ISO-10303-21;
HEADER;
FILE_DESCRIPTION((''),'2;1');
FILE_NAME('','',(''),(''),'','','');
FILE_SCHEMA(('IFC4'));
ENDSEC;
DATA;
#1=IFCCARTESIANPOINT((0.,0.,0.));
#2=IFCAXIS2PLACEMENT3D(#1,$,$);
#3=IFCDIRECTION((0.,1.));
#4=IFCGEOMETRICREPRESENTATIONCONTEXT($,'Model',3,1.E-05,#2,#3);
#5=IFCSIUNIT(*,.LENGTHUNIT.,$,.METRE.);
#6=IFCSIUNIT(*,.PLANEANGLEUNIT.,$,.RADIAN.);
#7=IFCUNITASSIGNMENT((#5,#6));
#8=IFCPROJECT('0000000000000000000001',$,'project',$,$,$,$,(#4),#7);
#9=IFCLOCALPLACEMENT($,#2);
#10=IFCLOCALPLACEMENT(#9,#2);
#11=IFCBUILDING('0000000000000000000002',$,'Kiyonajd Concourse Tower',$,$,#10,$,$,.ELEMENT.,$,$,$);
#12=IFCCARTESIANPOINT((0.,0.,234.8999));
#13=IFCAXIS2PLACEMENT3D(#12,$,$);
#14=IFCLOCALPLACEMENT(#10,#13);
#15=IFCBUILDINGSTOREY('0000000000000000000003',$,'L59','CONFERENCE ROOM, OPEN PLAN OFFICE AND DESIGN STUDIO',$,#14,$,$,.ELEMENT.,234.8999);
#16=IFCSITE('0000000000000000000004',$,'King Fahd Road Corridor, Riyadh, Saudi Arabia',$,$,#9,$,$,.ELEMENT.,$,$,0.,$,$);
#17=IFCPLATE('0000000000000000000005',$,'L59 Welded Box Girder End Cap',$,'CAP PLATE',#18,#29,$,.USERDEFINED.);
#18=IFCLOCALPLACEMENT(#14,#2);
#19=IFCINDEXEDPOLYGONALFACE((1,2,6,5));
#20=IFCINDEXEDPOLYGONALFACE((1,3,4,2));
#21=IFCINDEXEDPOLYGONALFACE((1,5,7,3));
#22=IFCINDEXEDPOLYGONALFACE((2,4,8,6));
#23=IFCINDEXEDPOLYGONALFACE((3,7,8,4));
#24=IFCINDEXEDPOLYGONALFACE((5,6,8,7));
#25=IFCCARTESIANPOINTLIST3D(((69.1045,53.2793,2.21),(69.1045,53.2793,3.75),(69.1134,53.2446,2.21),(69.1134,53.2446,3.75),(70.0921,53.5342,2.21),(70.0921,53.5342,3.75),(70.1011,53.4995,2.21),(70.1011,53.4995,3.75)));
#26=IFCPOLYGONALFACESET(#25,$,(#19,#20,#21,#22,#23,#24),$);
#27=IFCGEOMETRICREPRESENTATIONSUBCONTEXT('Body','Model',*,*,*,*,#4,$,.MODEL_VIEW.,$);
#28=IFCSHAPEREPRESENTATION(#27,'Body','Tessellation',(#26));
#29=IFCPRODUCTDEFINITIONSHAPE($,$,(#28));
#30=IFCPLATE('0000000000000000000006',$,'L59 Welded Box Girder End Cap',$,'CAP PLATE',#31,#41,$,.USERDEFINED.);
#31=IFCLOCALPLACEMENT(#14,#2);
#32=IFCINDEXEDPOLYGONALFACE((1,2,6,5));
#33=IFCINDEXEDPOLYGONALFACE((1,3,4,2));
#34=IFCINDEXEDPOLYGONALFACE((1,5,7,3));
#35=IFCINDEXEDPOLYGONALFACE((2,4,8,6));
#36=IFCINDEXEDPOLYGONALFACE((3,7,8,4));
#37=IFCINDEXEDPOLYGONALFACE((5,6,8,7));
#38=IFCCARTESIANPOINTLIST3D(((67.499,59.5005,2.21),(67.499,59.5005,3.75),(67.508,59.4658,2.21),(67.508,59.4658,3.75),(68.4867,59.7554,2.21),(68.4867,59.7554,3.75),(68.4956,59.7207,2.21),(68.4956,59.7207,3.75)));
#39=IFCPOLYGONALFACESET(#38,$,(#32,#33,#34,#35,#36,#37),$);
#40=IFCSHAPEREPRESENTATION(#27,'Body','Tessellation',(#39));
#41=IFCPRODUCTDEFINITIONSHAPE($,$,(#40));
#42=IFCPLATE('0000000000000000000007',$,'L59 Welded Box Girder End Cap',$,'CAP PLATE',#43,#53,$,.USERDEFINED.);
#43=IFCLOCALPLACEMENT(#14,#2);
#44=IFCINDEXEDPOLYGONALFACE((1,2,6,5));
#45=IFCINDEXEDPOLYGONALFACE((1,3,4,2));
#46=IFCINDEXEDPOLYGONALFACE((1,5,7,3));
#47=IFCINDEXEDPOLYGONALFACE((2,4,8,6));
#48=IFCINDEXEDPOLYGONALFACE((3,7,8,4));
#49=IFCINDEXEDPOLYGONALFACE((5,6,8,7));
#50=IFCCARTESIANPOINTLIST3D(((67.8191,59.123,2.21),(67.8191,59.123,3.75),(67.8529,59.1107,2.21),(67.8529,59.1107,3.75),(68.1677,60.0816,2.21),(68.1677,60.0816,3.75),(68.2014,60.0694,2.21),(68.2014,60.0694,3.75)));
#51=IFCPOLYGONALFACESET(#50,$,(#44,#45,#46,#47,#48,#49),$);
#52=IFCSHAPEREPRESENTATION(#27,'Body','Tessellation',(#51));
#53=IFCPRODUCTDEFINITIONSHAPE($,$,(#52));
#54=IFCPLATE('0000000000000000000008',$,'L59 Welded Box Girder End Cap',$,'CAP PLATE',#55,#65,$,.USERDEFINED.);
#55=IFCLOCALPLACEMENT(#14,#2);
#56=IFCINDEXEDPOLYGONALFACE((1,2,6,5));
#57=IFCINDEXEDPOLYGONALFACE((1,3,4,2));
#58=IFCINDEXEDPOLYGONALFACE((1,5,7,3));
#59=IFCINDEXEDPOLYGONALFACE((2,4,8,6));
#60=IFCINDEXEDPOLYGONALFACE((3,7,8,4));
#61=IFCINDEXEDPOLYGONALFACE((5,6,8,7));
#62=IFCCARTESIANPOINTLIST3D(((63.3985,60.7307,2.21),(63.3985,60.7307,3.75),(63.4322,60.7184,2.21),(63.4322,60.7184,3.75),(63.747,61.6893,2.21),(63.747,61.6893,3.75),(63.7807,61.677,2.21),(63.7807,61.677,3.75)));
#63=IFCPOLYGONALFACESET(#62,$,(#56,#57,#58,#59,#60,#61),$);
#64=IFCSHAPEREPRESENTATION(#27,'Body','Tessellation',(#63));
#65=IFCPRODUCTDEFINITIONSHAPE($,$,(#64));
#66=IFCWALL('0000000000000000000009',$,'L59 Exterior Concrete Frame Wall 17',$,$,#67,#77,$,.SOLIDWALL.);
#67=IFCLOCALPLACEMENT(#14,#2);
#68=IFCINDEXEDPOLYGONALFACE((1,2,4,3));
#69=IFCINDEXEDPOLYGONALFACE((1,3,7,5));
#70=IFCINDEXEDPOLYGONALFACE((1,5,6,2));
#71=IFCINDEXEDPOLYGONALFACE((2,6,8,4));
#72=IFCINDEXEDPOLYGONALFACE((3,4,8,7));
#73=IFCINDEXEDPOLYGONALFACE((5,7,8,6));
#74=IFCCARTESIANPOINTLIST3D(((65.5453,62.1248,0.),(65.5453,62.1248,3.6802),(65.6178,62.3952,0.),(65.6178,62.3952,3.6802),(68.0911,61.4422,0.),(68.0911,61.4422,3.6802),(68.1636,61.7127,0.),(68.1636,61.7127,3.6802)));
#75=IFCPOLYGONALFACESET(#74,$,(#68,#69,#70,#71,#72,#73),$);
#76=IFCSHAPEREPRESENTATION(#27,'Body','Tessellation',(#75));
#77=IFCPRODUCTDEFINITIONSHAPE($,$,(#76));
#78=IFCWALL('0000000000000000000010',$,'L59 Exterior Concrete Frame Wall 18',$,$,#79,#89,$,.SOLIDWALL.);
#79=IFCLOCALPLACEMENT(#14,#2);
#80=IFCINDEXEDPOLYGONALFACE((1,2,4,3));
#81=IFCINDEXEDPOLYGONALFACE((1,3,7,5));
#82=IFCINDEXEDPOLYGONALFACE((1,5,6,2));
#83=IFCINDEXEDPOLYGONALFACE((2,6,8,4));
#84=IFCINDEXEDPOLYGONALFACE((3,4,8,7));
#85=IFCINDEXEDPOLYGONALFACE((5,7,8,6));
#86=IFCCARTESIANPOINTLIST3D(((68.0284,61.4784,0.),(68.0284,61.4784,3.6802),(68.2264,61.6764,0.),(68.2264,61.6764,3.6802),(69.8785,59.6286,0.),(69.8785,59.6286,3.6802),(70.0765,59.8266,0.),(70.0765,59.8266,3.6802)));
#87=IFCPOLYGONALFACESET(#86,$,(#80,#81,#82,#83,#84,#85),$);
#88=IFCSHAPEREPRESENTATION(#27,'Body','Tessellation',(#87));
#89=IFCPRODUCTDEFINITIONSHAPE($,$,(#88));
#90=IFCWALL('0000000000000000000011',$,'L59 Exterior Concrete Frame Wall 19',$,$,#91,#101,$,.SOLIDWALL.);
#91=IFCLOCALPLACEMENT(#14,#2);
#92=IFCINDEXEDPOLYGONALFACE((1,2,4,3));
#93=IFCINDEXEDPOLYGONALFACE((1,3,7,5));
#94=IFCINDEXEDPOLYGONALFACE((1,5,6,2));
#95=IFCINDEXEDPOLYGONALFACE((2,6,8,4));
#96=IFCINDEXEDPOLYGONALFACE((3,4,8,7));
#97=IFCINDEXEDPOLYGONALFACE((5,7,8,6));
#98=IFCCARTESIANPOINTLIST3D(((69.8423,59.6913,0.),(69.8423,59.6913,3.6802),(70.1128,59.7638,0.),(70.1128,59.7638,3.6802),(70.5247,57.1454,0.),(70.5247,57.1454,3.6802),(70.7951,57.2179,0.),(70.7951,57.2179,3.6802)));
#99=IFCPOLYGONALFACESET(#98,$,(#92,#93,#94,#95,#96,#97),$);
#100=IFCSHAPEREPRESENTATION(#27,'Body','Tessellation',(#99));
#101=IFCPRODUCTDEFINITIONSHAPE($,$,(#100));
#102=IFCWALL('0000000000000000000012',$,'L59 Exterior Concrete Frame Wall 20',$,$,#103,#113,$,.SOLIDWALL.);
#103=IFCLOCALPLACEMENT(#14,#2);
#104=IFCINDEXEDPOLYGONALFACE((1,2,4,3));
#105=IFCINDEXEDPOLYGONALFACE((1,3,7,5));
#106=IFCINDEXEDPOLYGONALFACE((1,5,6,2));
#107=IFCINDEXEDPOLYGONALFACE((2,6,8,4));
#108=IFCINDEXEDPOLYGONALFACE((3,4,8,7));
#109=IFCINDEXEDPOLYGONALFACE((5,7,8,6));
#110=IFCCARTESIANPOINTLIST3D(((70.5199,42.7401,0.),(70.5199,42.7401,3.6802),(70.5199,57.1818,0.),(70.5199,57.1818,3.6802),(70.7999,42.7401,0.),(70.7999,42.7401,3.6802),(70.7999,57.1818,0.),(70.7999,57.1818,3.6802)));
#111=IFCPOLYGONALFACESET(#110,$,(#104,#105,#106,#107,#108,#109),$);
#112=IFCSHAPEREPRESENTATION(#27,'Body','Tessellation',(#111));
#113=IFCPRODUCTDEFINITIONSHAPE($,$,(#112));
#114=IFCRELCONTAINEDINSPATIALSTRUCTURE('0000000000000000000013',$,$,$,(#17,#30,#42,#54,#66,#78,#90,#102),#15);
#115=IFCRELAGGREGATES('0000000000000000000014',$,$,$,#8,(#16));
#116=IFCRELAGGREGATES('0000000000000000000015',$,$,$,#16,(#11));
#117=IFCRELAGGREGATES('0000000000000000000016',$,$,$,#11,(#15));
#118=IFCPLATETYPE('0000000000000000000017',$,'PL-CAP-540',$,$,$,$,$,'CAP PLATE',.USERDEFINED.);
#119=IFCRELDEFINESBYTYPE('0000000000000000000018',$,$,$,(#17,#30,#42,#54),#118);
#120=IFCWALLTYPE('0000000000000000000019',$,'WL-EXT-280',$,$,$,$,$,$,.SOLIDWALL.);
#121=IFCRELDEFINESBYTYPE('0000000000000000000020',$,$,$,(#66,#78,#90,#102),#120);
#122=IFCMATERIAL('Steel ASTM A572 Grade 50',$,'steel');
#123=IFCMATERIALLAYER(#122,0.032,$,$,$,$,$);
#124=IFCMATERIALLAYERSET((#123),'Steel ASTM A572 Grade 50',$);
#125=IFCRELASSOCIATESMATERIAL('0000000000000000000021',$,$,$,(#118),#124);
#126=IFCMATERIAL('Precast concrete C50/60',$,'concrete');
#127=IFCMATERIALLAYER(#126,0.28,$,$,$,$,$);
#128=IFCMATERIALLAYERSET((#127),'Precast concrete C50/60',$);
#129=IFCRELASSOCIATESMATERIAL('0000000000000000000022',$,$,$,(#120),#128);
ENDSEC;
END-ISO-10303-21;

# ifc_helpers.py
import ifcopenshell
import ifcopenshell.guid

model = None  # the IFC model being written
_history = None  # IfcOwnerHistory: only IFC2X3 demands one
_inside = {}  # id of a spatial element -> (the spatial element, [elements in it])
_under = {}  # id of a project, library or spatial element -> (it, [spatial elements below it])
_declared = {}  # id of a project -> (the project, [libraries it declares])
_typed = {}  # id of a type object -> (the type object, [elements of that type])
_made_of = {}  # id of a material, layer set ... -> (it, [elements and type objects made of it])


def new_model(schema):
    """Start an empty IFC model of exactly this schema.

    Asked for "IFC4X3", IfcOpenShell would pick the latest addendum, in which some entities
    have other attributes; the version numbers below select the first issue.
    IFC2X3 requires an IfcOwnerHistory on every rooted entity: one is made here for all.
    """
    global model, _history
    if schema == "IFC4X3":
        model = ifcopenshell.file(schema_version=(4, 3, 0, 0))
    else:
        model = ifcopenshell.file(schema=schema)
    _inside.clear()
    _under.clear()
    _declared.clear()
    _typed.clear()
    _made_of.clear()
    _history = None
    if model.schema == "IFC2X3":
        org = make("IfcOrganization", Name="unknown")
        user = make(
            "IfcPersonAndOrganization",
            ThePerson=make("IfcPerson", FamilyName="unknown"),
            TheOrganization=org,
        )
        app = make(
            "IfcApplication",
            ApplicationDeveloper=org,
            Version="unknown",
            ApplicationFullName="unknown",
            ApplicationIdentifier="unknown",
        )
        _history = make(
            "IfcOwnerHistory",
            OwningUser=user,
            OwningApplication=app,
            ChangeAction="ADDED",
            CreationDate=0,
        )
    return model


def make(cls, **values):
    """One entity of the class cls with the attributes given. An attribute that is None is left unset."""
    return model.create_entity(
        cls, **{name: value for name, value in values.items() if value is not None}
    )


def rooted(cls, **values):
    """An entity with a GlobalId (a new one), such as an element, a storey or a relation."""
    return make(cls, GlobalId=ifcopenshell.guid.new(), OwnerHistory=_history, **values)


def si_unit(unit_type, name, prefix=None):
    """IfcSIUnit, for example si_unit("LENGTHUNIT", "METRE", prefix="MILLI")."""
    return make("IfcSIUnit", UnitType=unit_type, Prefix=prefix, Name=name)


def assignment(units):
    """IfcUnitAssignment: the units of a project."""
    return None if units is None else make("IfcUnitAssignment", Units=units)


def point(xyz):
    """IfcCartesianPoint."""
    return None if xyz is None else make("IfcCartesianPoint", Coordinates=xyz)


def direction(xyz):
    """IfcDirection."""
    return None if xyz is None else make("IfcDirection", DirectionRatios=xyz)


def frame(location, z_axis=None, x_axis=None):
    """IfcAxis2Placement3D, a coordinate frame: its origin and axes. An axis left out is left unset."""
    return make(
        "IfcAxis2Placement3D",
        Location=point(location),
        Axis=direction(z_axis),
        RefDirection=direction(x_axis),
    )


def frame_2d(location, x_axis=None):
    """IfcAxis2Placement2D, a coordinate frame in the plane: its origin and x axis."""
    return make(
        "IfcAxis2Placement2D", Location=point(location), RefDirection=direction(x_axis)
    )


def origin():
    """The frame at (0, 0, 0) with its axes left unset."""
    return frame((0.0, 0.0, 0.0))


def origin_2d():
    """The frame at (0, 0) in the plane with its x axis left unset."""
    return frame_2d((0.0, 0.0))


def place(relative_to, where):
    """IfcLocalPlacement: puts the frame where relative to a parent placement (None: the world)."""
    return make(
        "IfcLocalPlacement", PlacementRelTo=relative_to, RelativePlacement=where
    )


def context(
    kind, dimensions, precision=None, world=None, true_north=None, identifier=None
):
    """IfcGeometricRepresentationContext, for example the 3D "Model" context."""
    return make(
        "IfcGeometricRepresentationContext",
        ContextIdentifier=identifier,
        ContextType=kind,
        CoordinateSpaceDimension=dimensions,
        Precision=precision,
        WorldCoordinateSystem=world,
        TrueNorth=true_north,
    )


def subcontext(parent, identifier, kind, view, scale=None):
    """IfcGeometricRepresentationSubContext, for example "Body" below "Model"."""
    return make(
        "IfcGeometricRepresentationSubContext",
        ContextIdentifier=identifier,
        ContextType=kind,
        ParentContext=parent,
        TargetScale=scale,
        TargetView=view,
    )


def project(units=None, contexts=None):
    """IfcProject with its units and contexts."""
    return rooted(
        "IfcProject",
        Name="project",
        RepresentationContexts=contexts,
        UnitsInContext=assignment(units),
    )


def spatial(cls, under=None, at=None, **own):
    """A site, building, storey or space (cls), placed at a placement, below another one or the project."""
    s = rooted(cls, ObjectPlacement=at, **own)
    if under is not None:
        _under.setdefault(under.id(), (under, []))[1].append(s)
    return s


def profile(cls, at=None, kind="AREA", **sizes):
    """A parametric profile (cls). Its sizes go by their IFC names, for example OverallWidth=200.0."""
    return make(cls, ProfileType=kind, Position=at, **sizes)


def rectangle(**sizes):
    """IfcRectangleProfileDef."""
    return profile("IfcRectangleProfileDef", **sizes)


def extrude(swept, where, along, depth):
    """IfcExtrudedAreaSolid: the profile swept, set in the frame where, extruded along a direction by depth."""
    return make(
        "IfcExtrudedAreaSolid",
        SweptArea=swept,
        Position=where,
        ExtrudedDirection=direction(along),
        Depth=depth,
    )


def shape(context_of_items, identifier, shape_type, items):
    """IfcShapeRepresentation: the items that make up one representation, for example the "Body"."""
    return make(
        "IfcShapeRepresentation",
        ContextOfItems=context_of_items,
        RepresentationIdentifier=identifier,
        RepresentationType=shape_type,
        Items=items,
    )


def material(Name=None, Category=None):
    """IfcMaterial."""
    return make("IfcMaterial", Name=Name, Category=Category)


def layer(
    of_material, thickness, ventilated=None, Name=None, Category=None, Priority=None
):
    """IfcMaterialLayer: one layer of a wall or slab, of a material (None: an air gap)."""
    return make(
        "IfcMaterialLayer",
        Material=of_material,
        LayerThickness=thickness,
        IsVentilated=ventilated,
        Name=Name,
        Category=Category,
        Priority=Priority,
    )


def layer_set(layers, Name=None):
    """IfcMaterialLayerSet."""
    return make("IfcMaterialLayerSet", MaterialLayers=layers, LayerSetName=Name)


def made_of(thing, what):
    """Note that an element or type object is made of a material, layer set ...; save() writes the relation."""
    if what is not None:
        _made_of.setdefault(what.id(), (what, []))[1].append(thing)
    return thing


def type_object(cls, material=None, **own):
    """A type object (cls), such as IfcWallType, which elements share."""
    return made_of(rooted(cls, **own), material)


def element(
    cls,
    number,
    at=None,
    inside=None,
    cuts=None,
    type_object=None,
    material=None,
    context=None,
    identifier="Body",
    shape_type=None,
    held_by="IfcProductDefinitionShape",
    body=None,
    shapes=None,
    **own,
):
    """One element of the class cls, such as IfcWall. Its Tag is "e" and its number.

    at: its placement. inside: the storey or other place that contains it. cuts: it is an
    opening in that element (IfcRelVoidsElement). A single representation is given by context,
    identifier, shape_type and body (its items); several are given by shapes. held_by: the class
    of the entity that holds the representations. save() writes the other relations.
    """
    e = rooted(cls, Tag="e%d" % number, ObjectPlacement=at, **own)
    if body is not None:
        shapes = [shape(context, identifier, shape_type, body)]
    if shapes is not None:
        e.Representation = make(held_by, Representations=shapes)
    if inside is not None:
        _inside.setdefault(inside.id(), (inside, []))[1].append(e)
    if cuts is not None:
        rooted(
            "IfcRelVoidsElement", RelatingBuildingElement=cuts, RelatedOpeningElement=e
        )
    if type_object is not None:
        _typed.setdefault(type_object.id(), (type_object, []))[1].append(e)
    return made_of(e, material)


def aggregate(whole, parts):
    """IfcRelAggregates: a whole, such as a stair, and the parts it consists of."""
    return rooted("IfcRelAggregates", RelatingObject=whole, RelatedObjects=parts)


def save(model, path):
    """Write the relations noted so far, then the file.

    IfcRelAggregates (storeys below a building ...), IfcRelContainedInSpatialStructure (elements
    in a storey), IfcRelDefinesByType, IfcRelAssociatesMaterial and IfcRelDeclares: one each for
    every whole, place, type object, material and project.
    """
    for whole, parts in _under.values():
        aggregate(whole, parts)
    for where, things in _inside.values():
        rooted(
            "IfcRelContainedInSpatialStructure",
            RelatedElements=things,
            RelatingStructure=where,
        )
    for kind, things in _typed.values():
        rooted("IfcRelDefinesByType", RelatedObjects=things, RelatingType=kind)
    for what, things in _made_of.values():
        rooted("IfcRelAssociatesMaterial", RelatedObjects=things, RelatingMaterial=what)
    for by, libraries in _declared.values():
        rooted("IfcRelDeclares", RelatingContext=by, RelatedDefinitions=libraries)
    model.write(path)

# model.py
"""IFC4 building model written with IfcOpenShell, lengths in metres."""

from ifc_helpers import new_model, si_unit, direction, frame, frame_2d, origin, origin_2d, place, context, subcontext, project, spatial, rectangle, extrude, material, layer, layer_set, type_object, element, save


model = new_model("IFC4")

# Units and contexts
model_context = context("Model", 3, precision=1e-05, world=origin(), true_north=direction((0.0, 1.0)))
body_context = subcontext(model_context, "Body", "Model", "MODEL_VIEW")
ifc_project = project(units=[si_unit("LENGTHUNIT", "METRE"), si_unit("PLANEANGLEUNIT", "RADIAN")], contexts=[model_context])

# Site, building, storey
site_placement = place(None, origin())
site = spatial("IfcSite", under=ifc_project, at=site_placement, Name="King Fahd Road Corridor, Riyadh, Saudi Arabia", CompositionType="ELEMENT", RefElevation=0.0)
building_placement = place(site_placement, origin())
building = spatial("IfcBuilding", under=site, at=building_placement, Name="Kiyonajd Concourse Tower", CompositionType="ELEMENT")
storey_placement = place(building_placement, frame((0.0, 0.0, 234.8999)))
storey = spatial("IfcBuildingStorey", under=building, at=storey_placement, Name="L59", Description="CONFERENCE ROOM, OPEN PLAN OFFICE AND DESIGN STUDIO", CompositionType="ELEMENT", Elevation=234.8999)

# Shared definitions
ifc_material_1 = material(Name="Steel ASTM A572 Grade 50", Category="steel")

# Plates
ifc_layer_1 = layer(ifc_material_1, 0.032)
ifc_layer_set_1 = layer_set([ifc_layer_1], Name="Steel ASTM A572 Grade 50")
plate_type_1 = type_object("IfcPlateType", Name="PL-CAP-540", ElementType="CAP PLATE", PredefinedType="USERDEFINED", material=ifc_layer_set_1)
for number, where, z_axis, x_axis, name in (
    (1, (69.6028, 53.3894, 2.21), (0.0, 0.0, 1.0), (0.249873, -0.968279, 0.0), "L59 Welded Box Girder End Cap"),
    (2, (67.9973, 59.6106, 2.21), (0.0, 0.0, 1.0), (-0.249873, 0.968279, 0.0), "L59 Welded Box Girder End Cap"),
    (3, (68.0103, 59.5962, 2.21), (0.0, 0.0, 1.0), (0.939812, -0.341692, 0.0), "L59 Welded Box Girder End Cap"),
    (4, (63.5896, 61.2039, 2.21), (0.0, 0.0, 1.0), (-0.939812, 0.341692, 0.0), "L59 Welded Box Girder End Cap"),
):
    element("IfcPlate", number, at=place(storey_placement, frame(where, z_axis=z_axis, x_axis=x_axis)), inside=storey, type_object=plate_type_1, Name=name, ObjectType="CAP PLATE", PredefinedType="USERDEFINED", context=body_context, shape_type="SweptSolid", body=[
        extrude(rectangle(XDim=0.0359, YDim=1.02, at=origin_2d()), origin(), (0.0, 0.0, 1.0), 1.54),
    ])

# Walls
ifc_material_2 = material(Name="Precast concrete C50/60", Category="concrete")
ifc_layer_2 = layer(ifc_material_2, 0.28)
ifc_layer_set_2 = layer_set([ifc_layer_2], Name="Precast concrete C50/60")
wall_type = type_object("IfcWallType", Name="WL-EXT-280", PredefinedType="SOLIDWALL", material=ifc_layer_set_2)
wall_1_placement = place(storey_placement, frame((65.5815, 62.26, 0.0), z_axis=(0.0, 0.0, 1.0), x_axis=(0.965884, -0.258977, 0.0)))
element("IfcWall", 5, at=wall_1_placement, inside=storey, type_object=wall_type, Name="L59 Exterior Concrete Frame Wall 17", PredefinedType="SOLIDWALL", context=body_context, shape_type="SweptSolid", body=[
    extrude(rectangle(XDim=2.6357, YDim=0.28, at=frame_2d((1.3179, 0.0))), origin(), (0.0, 0.0, 1.0), 3.6802),
])
wall_2_placement = place(storey_placement, frame((68.1274, 61.5774, 0.0), z_axis=(0.0, 0.0, 1.0), x_axis=(0.707153, -0.70706, 0.0)))
element("IfcWall", 6, at=wall_2_placement, inside=storey, type_object=wall_type, Name="L59 Exterior Concrete Frame Wall 18", PredefinedType="SOLIDWALL", context=body_context, shape_type="SweptSolid", body=[
    extrude(rectangle(XDim=2.6162, YDim=0.28, at=frame_2d((1.3081, 0.0))), origin(), (0.0, 0.0, 1.0), 3.6802),
])
wall_3_placement = place(storey_placement, frame((69.9775, 59.7275, 0.0), z_axis=(0.0, 0.0, 1.0), x_axis=(0.25889, -0.965907, 0.0)))
element("IfcWall", 7, at=wall_3_placement, inside=storey, type_object=wall_type, Name="L59 Exterior Concrete Frame Wall 19", PredefinedType="SOLIDWALL", context=body_context, shape_type="SweptSolid", body=[
    extrude(rectangle(XDim=2.6357, YDim=0.28, at=frame_2d((1.3179, 0.0))), origin(), (0.0, 0.0, 1.0), 3.6802),
])
wall_4_placement = place(storey_placement, frame((70.6599, 57.1816, 0.0), z_axis=(0.0, 0.0, 1.0), x_axis=(0.0, -1.0, 0.0)))
element("IfcWall", 8, at=wall_4_placement, inside=storey, type_object=wall_type, Name="L59 Exterior Concrete Frame Wall 20", PredefinedType="SOLIDWALL", context=body_context, shape_type="SweptSolid", body=[
    extrude(rectangle(XDim=14.4417, YDim=0.28, at=frame_2d((7.2207, 0.0))), origin(), (0.0, 0.0, 1.0), 3.6802),
])

save(model, "model.ifc")
